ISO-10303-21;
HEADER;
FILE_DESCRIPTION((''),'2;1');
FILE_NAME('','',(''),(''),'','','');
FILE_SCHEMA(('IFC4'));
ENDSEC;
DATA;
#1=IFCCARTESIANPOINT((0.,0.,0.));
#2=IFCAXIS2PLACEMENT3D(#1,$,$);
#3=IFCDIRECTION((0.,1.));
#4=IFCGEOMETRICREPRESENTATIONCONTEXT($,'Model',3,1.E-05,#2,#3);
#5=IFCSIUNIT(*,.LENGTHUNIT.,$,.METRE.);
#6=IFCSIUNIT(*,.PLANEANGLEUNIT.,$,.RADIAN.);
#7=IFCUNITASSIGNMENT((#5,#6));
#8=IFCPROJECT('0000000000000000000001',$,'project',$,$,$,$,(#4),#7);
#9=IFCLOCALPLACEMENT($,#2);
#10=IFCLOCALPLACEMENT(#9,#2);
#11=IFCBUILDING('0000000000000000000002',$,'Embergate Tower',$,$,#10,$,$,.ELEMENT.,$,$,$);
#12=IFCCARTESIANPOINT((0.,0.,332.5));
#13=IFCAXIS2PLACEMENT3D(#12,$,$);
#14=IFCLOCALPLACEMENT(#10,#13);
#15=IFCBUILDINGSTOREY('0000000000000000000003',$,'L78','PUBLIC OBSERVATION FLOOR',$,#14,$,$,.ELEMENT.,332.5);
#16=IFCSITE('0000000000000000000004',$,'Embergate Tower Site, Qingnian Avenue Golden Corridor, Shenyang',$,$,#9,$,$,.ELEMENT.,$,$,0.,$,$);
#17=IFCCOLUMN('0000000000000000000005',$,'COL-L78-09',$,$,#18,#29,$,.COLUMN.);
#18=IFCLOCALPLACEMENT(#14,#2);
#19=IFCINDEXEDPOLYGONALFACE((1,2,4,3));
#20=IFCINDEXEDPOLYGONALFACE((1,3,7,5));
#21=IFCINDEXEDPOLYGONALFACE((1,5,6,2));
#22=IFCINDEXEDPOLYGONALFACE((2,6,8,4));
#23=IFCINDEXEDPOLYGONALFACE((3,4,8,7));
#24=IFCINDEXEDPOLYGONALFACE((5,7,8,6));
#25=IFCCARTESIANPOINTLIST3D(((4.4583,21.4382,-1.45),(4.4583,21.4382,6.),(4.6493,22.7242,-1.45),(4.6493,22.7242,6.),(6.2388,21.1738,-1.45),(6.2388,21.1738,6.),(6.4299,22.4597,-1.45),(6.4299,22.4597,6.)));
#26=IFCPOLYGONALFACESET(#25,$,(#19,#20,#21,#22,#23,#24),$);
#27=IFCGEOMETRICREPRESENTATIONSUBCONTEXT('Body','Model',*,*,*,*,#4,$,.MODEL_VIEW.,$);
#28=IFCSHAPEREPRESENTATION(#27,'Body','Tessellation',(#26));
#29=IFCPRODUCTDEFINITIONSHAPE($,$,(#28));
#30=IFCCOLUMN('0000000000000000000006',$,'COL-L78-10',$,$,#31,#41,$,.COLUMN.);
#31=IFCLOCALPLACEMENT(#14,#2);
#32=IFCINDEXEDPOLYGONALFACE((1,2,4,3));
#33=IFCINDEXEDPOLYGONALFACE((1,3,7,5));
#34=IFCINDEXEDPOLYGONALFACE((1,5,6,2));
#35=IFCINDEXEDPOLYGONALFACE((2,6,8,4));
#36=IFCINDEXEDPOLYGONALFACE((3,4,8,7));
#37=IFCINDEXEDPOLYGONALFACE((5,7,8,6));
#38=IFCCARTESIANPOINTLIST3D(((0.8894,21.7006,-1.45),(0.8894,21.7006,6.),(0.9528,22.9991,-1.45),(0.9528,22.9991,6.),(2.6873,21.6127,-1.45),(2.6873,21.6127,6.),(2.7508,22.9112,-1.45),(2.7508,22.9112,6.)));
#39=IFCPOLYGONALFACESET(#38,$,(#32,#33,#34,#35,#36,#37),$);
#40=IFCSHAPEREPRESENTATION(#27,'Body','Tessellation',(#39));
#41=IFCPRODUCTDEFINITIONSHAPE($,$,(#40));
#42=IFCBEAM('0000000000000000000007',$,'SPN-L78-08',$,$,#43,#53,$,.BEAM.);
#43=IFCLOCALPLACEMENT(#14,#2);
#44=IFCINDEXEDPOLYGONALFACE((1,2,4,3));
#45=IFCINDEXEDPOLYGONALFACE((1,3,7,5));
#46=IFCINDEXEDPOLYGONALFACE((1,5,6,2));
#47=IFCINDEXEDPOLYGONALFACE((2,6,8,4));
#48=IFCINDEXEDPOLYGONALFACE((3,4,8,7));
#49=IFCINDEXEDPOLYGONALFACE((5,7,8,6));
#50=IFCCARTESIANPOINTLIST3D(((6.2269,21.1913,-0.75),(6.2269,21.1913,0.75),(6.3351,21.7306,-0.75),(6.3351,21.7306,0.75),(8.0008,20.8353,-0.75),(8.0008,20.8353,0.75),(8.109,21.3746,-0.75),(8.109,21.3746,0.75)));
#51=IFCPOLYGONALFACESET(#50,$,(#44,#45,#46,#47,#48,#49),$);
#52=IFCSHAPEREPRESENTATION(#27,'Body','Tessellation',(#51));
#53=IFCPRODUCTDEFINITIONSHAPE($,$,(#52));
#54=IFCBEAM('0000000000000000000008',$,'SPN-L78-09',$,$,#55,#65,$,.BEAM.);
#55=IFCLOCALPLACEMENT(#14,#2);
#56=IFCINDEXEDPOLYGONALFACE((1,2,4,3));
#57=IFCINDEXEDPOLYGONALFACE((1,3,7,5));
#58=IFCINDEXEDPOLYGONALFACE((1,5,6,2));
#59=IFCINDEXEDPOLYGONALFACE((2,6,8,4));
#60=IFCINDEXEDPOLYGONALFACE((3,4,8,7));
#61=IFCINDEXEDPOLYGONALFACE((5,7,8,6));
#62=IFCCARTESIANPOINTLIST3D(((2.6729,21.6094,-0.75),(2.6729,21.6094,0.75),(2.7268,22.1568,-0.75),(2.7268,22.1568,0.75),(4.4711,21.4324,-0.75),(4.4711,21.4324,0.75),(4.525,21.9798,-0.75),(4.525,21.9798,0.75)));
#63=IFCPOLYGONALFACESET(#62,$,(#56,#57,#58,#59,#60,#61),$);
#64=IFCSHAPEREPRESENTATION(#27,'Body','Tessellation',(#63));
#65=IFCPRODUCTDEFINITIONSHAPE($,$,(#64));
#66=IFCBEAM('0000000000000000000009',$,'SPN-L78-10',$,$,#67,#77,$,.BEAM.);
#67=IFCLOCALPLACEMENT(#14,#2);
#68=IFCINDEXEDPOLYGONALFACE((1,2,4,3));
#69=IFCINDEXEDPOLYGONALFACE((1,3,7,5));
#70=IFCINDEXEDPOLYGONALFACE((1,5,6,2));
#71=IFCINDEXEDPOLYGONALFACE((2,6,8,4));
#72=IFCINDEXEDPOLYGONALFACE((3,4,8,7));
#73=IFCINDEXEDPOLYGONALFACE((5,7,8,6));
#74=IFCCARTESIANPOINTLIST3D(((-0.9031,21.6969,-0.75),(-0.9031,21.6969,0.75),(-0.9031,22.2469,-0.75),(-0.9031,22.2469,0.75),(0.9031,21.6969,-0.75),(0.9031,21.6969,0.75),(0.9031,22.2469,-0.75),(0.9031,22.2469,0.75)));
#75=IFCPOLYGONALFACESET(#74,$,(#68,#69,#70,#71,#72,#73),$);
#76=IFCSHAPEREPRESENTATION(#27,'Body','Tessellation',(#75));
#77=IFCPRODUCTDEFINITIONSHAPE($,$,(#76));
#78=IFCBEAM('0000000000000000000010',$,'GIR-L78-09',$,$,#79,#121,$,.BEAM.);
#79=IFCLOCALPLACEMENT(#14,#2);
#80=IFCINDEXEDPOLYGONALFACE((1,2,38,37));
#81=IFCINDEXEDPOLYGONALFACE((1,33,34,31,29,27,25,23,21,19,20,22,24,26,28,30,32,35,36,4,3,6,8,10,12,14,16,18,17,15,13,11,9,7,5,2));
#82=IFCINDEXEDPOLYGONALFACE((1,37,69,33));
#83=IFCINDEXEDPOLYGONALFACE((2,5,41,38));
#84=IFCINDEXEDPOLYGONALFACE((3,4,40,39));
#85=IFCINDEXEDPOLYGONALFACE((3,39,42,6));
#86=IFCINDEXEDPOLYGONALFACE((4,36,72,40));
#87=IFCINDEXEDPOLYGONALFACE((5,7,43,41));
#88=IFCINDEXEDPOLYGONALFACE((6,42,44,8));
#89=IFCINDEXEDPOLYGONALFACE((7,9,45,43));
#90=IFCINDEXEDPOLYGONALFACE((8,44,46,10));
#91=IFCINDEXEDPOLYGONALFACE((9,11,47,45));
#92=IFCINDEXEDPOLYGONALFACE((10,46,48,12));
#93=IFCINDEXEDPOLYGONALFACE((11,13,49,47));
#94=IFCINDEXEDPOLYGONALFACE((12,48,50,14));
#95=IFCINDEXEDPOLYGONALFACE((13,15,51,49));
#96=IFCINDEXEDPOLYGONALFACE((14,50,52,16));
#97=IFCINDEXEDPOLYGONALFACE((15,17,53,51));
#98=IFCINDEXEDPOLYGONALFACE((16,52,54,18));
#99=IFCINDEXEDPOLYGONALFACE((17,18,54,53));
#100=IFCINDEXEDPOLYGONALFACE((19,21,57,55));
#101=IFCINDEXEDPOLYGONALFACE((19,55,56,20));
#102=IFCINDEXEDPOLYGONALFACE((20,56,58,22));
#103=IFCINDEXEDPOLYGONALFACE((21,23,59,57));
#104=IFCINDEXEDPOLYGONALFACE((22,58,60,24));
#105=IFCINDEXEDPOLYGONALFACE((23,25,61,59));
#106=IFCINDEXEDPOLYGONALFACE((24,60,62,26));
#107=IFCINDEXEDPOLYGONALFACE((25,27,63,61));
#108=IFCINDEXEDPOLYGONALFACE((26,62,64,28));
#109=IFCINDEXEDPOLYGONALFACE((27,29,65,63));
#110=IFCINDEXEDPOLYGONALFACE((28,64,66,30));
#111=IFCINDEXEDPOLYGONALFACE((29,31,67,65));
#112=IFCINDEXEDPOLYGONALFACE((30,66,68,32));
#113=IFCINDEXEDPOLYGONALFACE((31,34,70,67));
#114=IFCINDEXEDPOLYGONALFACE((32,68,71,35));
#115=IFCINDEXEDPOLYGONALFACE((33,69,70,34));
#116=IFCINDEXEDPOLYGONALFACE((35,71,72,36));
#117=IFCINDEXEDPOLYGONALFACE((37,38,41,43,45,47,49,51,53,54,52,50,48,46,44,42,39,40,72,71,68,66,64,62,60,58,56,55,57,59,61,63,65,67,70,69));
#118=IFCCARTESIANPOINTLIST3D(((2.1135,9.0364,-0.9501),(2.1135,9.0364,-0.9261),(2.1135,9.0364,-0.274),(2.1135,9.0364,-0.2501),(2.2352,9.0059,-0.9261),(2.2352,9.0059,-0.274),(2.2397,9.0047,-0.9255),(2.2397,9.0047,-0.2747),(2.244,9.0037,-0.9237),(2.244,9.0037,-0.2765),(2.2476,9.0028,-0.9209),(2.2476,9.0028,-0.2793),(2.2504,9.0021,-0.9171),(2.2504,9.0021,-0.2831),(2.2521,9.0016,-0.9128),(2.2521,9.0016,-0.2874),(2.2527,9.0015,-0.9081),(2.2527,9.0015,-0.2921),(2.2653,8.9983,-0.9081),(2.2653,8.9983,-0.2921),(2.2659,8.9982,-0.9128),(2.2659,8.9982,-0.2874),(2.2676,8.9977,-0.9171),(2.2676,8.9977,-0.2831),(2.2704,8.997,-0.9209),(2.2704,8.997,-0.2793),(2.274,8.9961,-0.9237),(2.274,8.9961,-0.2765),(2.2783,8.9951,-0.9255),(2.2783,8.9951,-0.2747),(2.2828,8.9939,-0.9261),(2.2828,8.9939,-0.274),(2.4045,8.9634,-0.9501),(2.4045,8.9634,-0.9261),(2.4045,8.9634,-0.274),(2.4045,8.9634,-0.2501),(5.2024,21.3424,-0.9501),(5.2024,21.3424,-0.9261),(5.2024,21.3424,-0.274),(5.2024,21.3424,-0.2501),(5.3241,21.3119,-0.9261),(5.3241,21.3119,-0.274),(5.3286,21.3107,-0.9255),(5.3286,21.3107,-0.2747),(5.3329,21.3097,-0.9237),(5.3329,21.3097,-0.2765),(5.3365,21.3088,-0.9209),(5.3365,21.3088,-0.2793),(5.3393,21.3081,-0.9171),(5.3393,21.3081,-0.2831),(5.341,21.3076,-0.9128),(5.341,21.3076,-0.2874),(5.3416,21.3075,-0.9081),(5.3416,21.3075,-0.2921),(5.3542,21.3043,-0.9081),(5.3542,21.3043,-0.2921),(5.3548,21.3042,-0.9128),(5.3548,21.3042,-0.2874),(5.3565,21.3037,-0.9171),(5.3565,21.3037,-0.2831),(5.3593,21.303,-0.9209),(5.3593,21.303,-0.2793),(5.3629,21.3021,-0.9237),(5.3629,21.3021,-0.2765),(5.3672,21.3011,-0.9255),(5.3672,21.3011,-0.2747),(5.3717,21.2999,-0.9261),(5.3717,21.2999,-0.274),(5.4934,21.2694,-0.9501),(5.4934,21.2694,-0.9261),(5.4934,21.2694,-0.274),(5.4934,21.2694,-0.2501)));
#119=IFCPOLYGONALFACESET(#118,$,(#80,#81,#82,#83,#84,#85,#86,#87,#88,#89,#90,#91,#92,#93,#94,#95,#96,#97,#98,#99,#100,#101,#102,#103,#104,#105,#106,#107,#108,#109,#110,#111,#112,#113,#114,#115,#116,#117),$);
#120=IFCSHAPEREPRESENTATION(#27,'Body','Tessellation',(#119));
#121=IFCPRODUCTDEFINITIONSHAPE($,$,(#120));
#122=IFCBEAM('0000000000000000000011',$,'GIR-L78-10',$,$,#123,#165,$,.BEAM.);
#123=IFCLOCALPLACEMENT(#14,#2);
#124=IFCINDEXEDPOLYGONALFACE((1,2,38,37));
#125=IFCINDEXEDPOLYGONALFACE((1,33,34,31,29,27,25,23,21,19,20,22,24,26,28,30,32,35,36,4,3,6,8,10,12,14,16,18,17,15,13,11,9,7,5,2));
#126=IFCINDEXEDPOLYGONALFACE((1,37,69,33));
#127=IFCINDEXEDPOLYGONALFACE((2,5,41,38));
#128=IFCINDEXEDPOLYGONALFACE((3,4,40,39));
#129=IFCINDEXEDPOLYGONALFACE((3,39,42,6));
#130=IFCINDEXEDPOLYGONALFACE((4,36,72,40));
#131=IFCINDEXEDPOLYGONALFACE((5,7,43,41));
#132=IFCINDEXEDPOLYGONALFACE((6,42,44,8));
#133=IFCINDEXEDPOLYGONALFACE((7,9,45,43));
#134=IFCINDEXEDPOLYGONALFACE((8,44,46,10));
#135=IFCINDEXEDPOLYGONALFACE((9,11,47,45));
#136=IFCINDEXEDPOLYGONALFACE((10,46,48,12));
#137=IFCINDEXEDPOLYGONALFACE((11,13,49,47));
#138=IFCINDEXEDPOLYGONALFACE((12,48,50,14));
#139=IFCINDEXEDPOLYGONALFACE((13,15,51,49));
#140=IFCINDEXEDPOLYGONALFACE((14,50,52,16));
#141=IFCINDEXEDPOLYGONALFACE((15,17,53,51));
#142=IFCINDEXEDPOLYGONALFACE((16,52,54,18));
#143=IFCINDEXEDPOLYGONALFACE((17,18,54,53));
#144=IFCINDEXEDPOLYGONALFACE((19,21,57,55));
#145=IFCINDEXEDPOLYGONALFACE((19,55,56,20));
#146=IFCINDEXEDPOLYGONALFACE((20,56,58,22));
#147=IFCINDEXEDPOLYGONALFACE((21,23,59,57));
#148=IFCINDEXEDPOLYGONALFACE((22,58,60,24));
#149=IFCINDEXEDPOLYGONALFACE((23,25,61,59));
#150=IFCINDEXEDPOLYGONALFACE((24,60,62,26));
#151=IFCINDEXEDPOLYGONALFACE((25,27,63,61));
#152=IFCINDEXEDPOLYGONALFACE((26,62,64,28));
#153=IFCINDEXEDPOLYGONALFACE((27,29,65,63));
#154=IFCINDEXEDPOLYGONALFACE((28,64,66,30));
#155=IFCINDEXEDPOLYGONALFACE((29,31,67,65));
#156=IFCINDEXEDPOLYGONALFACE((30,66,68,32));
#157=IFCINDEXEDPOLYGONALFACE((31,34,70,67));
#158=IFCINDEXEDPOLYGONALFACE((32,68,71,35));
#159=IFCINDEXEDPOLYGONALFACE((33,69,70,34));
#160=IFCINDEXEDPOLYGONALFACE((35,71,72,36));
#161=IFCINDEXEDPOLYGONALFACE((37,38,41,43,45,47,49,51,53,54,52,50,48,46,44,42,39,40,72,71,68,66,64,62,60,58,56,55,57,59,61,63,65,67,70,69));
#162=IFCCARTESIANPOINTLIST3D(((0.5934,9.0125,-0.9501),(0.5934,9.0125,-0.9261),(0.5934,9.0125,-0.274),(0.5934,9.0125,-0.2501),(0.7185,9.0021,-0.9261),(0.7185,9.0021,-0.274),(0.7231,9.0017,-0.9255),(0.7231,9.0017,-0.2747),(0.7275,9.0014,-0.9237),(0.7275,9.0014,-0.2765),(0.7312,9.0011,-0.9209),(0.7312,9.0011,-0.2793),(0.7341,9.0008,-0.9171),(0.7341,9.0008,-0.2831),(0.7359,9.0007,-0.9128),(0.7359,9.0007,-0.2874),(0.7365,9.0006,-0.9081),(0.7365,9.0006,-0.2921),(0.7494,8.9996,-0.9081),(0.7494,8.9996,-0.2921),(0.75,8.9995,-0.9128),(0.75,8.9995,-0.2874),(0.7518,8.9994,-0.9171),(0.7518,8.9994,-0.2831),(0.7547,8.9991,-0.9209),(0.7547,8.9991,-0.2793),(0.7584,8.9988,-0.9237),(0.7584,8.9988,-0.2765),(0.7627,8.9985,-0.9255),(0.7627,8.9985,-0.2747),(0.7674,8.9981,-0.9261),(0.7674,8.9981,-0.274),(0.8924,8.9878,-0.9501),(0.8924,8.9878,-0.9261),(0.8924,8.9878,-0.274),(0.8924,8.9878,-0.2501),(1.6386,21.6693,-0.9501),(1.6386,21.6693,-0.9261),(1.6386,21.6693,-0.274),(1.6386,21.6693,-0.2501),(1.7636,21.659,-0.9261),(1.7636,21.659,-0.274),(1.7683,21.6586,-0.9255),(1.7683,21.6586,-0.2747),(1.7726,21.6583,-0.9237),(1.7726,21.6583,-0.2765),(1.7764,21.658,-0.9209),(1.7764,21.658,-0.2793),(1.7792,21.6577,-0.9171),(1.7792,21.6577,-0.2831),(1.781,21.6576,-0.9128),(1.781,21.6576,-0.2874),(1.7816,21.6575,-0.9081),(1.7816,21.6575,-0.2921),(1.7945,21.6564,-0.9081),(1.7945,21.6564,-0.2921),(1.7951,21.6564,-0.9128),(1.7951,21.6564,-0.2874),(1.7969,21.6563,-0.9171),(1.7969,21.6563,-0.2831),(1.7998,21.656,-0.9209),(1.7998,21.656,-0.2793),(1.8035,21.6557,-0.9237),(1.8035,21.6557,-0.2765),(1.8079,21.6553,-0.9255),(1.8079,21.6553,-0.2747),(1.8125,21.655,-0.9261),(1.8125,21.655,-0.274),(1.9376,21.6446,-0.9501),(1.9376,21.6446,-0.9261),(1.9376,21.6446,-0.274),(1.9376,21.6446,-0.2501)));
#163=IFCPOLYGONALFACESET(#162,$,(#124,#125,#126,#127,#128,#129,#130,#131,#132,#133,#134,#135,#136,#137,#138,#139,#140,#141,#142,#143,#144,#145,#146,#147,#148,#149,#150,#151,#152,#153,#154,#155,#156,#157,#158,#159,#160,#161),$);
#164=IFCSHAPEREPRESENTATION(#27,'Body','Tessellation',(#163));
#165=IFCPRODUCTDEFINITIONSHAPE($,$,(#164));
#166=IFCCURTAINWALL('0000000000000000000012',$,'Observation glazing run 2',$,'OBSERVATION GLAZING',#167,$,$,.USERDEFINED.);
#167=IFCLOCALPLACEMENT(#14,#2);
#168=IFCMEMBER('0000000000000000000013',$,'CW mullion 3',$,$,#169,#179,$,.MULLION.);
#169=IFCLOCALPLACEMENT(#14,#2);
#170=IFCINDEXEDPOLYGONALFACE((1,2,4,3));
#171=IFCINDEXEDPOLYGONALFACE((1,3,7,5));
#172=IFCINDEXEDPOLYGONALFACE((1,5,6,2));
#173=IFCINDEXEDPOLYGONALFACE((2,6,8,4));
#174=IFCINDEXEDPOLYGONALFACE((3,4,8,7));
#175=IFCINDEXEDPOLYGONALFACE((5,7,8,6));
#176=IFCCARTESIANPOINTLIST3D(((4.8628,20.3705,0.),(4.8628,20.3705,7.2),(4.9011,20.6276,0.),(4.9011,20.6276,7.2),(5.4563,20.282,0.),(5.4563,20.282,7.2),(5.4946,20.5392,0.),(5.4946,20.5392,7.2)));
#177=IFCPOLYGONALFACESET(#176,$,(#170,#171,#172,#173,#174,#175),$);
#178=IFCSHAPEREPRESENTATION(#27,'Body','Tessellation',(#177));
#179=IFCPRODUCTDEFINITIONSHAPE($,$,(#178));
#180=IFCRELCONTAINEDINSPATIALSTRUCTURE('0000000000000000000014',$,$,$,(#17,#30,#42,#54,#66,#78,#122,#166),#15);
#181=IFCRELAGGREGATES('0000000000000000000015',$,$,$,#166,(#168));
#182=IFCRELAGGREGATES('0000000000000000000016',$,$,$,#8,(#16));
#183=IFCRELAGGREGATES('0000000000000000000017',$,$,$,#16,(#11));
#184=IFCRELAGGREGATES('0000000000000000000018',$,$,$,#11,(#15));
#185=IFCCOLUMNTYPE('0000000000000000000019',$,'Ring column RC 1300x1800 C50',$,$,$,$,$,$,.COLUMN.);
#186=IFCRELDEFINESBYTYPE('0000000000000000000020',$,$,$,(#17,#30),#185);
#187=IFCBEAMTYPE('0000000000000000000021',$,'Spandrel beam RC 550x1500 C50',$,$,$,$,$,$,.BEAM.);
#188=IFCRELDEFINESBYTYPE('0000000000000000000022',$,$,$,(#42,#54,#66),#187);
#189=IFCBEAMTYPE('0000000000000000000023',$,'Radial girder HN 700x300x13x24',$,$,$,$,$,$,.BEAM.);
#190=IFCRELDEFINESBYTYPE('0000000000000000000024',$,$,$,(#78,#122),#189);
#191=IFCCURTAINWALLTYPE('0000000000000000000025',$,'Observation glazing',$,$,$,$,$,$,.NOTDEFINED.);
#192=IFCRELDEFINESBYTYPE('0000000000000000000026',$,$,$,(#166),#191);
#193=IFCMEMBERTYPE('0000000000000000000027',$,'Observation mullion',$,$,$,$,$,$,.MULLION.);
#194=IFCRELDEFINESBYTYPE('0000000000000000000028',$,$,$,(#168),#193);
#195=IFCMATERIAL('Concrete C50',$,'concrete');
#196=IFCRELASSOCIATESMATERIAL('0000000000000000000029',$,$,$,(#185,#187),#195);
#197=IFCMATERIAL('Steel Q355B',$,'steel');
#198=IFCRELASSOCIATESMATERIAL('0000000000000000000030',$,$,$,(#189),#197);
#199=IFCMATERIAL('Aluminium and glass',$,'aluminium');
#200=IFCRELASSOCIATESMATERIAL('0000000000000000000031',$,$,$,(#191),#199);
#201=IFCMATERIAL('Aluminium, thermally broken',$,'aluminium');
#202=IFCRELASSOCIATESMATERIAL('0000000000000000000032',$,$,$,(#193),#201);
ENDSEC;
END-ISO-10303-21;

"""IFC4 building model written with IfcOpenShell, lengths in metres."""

from ifc_helpers import new_model, si_unit, direction, frame, origin, origin_2d, place, context, subcontext, project, spatial, rectangle, i_section, extrude, source, transform, mapped, material, material_profile, profile_set, type_object, element, aggregate, save


model = new_model("IFC4")

# Units and contexts
model_context = context("Model", 3, precision=1e-05, world=origin(), true_north=direction((0.0, 1.0)))
body_context = subcontext(model_context, "Body", "Model", "MODEL_VIEW")
ifc_project = project(units=[si_unit("LENGTHUNIT", "METRE"), si_unit("PLANEANGLEUNIT", "RADIAN")], contexts=[model_context])

# Site, building, storey
site_placement = place(None, origin())
site = spatial("IfcSite", under=ifc_project, at=site_placement, Name="Embergate Tower Site, Qingnian Avenue Golden Corridor, Shenyang", CompositionType="ELEMENT", RefElevation=0.0)
building_placement = place(site_placement, origin())
building = spatial("IfcBuilding", under=site, at=building_placement, Name="Embergate Tower", CompositionType="ELEMENT")
storey_placement = place(building_placement, frame((0.0, 0.0, 332.5)))
storey = spatial("IfcBuildingStorey", under=building, at=storey_placement, Name="L78", Description="PUBLIC OBSERVATION FLOOR", CompositionType="ELEMENT", Elevation=332.5)

# Columns
ifc_material_1 = material(Name="Concrete C50", Category="concrete")
ifc_material_profile_1 = material_profile(ifc_material_1, rectangle(XDim=1.3, YDim=1.8, at=origin_2d()), Name="RC 1300x1800")
ifc_profile_set_1 = profile_set([ifc_material_profile_1], Name="Concrete C50")
column_type = type_object("IfcColumnType", Name="Ring column RC 1300x1800 C50", PredefinedType="COLUMN", material=ifc_profile_set_1)
shared_shape_1 = source(origin(), body_context, "Body", "SweptSolid", [
    extrude(rectangle(XDim=1.3, YDim=1.8, at=origin_2d()), origin(), (0.0, 0.0, 1.0), 7.45),
])
for number, where, z_axis, x_axis, name in (
    (1, (5.4441, 21.949, -1.45), (0.0, 0.0, 1.0), (0.146929, 0.989147, 0.0), "COL-L78-09"),
    (2, (1.8201, 22.3059, -1.45), (0.0, 0.0, 1.0), (0.048815, 0.998808, 0.0), "COL-L78-10"),
):
    element("IfcColumn", number, at=place(storey_placement, frame(where, z_axis=z_axis, x_axis=x_axis)), inside=storey, type_object=column_type, Name=name, PredefinedType="COLUMN", context=body_context, shape_type="MappedRepresentation", body=[
        mapped(shared_shape_1, transform((0.0, 0.0, 0.0))),
    ])

# Beams
ifc_material_profile_2 = material_profile(ifc_material_1, rectangle(XDim=0.55, YDim=1.5, at=origin_2d()), Name="RC 550x1500")
ifc_profile_set_2 = profile_set([ifc_material_profile_2], Name="Concrete C50")
beam_type_1 = type_object("IfcBeamType", Name="Spandrel beam RC 550x1500 C50", PredefinedType="BEAM", material=ifc_profile_set_2)
shared_shape_2 = source(origin(), body_context, "Body", "SweptSolid", [
    extrude(rectangle(XDim=0.55, YDim=1.5, at=origin_2d()), origin(), (0.0, 0.0, 1.0), 1.8093),
])
beam_1_placement = place(storey_placement, frame((8.0549, 21.105, 0.0), z_axis=(-0.980456, 0.196739, 0.0), x_axis=(-0.196739, -0.980456, 0.0)))
element("IfcBeam", 3, at=beam_1_placement, inside=storey, type_object=beam_type_1, Name="SPN-L78-08", PredefinedType="BEAM", context=body_context, shape_type="MappedRepresentation", body=[
    mapped(shared_shape_2, transform((0.0, 0.0, 0.0))),
])
shared_shape_3 = source(origin(), body_context, "Body", "SweptSolid", [
    extrude(rectangle(XDim=0.55, YDim=1.5, at=origin_2d()), origin(), (0.0, 0.0, 1.0), 1.8069),
])
beam_2_placement = place(storey_placement, frame((4.498, 21.7061, 0.0), z_axis=(-0.99519, 0.097965, 0.0), x_axis=(-0.097965, -0.99519, 0.0)))
element("IfcBeam", 4, at=beam_2_placement, inside=storey, type_object=beam_type_1, Name="SPN-L78-09", PredefinedType="BEAM", context=body_context, shape_type="MappedRepresentation", body=[
    mapped(shared_shape_3, transform((0.0, 0.0, 0.0))),
])
shared_shape_4 = source(origin(), body_context, "Body", "SweptSolid", [
    extrude(rectangle(XDim=0.55, YDim=1.5, at=origin_2d()), origin(), (0.0, 0.0, 1.0), 1.8062),
])
beam_3_placement = place(storey_placement, frame((0.9031, 21.9719, 0.0), z_axis=(-1.0, 0.0, 0.0), x_axis=(0.0, -1.0, 0.0)))
element("IfcBeam", 5, at=beam_3_placement, inside=storey, type_object=beam_type_1, Name="SPN-L78-10", PredefinedType="BEAM", context=body_context, shape_type="MappedRepresentation", body=[
    mapped(shared_shape_4, transform((0.0, 0.0, 0.0))),
])
ifc_material_2 = material(Name="Steel Q355B", Category="steel")
ifc_material_profile_3 = material_profile(ifc_material_2, i_section(OverallWidth=0.3, OverallDepth=0.7, WebThickness=0.0129, FlangeThickness=0.0239, FilletRadius=0.0181, at=origin_2d()), Name="HN 700x300x13x24")
ifc_profile_set_3 = profile_set([ifc_material_profile_3], Name="Steel Q355 grade B")
beam_type_2 = type_object("IfcBeamType", Name="Radial girder HN 700x300x13x24", PredefinedType="BEAM", material=ifc_profile_set_3)
shared_shape_5 = source(origin(), body_context, "Body", "SweptSolid", [
    extrude(i_section(OverallWidth=0.3, OverallDepth=0.7, WebThickness=0.0129, FlangeThickness=0.0239, FilletRadius=0.0181, at=origin_2d()), origin(), (0.0, 0.0, 1.0), 12.6877),
])
beam_4_placement = place(storey_placement, frame((5.3479, 21.3059, -0.6001), z_axis=(-0.243455, -0.969912, 0.0), x_axis=(0.969912, -0.243455, 0.0)))
element("IfcBeam", 6, at=beam_4_placement, inside=storey, type_object=beam_type_2, Name="GIR-L78-09", PredefinedType="BEAM", context=body_context, shape_type="MappedRepresentation", body=[
    mapped(shared_shape_5, transform((0.0, 0.0, 0.0))),
])
shared_shape_6 = source(origin(), body_context, "Body", "SweptSolid", [
    extrude(i_section(OverallWidth=0.3, OverallDepth=0.7, WebThickness=0.0129, FlangeThickness=0.0239, FilletRadius=0.0181, at=origin_2d()), origin(), (0.0, 0.0, 1.0), 12.7),
])
beam_5_placement = place(storey_placement, frame((1.7881, 21.657, -0.6001), z_axis=(-0.082296, -0.996608, 0.0), x_axis=(0.996608, -0.082296, 0.0)))
element("IfcBeam", 7, at=beam_5_placement, inside=storey, type_object=beam_type_2, Name="GIR-L78-10", PredefinedType="BEAM", context=body_context, shape_type="MappedRepresentation", body=[
    mapped(shared_shape_6, transform((0.0, 0.0, 0.0))),
])

# Curtain wall, member
ifc_material_3 = material(Name="Aluminium and glass", Category="aluminium")
curtain_wall_type = type_object("IfcCurtainWallType", Name="Observation glazing", PredefinedType="NOTDEFINED", material=ifc_material_3)
curtain_wall_placement = place(storey_placement, origin())
curtain_wall = element("IfcCurtainWall", 8, at=curtain_wall_placement, inside=storey, type_object=curtain_wall_type, Name="Observation glazing run 2", ObjectType="OBSERVATION GLAZING", PredefinedType="USERDEFINED")
ifc_material_4 = material(Name="Aluminium, thermally broken", Category="aluminium")
ifc_material_profile_4 = material_profile(ifc_material_4, rectangle(XDim=0.26, YDim=0.6001, at=origin_2d()), Name="AL 600x260")
ifc_profile_set_4 = profile_set([ifc_material_profile_4], Name="Aluminium, thermally broken")
member_type_1 = type_object("IfcMemberType", Name="Observation mullion", PredefinedType="MULLION", material=ifc_profile_set_4)
shared_shape_7 = source(origin(), body_context, "Body", "SweptSolid", [
    extrude(rectangle(XDim=0.26, YDim=0.6001, at=origin_2d()), origin(), (0.0, 0.0, 1.0), 7.2),
])
member_1_placement = place(storey_placement, frame((5.1787, 20.4548, 0.0), z_axis=(0.0, 0.0, 1.0), x_axis=(-0.147407, -0.989076, 0.0)))
member_1 = element("IfcMember", 9, at=member_1_placement, type_object=member_type_1, Name="CW mullion 3", PredefinedType="MULLION", context=body_context, shape_type="MappedRepresentation", body=[
    mapped(shared_shape_7, transform((0.0, 0.0, 0.0))),
])
aggregate(curtain_wall, [member_1])

save(model, "model.ifc")
